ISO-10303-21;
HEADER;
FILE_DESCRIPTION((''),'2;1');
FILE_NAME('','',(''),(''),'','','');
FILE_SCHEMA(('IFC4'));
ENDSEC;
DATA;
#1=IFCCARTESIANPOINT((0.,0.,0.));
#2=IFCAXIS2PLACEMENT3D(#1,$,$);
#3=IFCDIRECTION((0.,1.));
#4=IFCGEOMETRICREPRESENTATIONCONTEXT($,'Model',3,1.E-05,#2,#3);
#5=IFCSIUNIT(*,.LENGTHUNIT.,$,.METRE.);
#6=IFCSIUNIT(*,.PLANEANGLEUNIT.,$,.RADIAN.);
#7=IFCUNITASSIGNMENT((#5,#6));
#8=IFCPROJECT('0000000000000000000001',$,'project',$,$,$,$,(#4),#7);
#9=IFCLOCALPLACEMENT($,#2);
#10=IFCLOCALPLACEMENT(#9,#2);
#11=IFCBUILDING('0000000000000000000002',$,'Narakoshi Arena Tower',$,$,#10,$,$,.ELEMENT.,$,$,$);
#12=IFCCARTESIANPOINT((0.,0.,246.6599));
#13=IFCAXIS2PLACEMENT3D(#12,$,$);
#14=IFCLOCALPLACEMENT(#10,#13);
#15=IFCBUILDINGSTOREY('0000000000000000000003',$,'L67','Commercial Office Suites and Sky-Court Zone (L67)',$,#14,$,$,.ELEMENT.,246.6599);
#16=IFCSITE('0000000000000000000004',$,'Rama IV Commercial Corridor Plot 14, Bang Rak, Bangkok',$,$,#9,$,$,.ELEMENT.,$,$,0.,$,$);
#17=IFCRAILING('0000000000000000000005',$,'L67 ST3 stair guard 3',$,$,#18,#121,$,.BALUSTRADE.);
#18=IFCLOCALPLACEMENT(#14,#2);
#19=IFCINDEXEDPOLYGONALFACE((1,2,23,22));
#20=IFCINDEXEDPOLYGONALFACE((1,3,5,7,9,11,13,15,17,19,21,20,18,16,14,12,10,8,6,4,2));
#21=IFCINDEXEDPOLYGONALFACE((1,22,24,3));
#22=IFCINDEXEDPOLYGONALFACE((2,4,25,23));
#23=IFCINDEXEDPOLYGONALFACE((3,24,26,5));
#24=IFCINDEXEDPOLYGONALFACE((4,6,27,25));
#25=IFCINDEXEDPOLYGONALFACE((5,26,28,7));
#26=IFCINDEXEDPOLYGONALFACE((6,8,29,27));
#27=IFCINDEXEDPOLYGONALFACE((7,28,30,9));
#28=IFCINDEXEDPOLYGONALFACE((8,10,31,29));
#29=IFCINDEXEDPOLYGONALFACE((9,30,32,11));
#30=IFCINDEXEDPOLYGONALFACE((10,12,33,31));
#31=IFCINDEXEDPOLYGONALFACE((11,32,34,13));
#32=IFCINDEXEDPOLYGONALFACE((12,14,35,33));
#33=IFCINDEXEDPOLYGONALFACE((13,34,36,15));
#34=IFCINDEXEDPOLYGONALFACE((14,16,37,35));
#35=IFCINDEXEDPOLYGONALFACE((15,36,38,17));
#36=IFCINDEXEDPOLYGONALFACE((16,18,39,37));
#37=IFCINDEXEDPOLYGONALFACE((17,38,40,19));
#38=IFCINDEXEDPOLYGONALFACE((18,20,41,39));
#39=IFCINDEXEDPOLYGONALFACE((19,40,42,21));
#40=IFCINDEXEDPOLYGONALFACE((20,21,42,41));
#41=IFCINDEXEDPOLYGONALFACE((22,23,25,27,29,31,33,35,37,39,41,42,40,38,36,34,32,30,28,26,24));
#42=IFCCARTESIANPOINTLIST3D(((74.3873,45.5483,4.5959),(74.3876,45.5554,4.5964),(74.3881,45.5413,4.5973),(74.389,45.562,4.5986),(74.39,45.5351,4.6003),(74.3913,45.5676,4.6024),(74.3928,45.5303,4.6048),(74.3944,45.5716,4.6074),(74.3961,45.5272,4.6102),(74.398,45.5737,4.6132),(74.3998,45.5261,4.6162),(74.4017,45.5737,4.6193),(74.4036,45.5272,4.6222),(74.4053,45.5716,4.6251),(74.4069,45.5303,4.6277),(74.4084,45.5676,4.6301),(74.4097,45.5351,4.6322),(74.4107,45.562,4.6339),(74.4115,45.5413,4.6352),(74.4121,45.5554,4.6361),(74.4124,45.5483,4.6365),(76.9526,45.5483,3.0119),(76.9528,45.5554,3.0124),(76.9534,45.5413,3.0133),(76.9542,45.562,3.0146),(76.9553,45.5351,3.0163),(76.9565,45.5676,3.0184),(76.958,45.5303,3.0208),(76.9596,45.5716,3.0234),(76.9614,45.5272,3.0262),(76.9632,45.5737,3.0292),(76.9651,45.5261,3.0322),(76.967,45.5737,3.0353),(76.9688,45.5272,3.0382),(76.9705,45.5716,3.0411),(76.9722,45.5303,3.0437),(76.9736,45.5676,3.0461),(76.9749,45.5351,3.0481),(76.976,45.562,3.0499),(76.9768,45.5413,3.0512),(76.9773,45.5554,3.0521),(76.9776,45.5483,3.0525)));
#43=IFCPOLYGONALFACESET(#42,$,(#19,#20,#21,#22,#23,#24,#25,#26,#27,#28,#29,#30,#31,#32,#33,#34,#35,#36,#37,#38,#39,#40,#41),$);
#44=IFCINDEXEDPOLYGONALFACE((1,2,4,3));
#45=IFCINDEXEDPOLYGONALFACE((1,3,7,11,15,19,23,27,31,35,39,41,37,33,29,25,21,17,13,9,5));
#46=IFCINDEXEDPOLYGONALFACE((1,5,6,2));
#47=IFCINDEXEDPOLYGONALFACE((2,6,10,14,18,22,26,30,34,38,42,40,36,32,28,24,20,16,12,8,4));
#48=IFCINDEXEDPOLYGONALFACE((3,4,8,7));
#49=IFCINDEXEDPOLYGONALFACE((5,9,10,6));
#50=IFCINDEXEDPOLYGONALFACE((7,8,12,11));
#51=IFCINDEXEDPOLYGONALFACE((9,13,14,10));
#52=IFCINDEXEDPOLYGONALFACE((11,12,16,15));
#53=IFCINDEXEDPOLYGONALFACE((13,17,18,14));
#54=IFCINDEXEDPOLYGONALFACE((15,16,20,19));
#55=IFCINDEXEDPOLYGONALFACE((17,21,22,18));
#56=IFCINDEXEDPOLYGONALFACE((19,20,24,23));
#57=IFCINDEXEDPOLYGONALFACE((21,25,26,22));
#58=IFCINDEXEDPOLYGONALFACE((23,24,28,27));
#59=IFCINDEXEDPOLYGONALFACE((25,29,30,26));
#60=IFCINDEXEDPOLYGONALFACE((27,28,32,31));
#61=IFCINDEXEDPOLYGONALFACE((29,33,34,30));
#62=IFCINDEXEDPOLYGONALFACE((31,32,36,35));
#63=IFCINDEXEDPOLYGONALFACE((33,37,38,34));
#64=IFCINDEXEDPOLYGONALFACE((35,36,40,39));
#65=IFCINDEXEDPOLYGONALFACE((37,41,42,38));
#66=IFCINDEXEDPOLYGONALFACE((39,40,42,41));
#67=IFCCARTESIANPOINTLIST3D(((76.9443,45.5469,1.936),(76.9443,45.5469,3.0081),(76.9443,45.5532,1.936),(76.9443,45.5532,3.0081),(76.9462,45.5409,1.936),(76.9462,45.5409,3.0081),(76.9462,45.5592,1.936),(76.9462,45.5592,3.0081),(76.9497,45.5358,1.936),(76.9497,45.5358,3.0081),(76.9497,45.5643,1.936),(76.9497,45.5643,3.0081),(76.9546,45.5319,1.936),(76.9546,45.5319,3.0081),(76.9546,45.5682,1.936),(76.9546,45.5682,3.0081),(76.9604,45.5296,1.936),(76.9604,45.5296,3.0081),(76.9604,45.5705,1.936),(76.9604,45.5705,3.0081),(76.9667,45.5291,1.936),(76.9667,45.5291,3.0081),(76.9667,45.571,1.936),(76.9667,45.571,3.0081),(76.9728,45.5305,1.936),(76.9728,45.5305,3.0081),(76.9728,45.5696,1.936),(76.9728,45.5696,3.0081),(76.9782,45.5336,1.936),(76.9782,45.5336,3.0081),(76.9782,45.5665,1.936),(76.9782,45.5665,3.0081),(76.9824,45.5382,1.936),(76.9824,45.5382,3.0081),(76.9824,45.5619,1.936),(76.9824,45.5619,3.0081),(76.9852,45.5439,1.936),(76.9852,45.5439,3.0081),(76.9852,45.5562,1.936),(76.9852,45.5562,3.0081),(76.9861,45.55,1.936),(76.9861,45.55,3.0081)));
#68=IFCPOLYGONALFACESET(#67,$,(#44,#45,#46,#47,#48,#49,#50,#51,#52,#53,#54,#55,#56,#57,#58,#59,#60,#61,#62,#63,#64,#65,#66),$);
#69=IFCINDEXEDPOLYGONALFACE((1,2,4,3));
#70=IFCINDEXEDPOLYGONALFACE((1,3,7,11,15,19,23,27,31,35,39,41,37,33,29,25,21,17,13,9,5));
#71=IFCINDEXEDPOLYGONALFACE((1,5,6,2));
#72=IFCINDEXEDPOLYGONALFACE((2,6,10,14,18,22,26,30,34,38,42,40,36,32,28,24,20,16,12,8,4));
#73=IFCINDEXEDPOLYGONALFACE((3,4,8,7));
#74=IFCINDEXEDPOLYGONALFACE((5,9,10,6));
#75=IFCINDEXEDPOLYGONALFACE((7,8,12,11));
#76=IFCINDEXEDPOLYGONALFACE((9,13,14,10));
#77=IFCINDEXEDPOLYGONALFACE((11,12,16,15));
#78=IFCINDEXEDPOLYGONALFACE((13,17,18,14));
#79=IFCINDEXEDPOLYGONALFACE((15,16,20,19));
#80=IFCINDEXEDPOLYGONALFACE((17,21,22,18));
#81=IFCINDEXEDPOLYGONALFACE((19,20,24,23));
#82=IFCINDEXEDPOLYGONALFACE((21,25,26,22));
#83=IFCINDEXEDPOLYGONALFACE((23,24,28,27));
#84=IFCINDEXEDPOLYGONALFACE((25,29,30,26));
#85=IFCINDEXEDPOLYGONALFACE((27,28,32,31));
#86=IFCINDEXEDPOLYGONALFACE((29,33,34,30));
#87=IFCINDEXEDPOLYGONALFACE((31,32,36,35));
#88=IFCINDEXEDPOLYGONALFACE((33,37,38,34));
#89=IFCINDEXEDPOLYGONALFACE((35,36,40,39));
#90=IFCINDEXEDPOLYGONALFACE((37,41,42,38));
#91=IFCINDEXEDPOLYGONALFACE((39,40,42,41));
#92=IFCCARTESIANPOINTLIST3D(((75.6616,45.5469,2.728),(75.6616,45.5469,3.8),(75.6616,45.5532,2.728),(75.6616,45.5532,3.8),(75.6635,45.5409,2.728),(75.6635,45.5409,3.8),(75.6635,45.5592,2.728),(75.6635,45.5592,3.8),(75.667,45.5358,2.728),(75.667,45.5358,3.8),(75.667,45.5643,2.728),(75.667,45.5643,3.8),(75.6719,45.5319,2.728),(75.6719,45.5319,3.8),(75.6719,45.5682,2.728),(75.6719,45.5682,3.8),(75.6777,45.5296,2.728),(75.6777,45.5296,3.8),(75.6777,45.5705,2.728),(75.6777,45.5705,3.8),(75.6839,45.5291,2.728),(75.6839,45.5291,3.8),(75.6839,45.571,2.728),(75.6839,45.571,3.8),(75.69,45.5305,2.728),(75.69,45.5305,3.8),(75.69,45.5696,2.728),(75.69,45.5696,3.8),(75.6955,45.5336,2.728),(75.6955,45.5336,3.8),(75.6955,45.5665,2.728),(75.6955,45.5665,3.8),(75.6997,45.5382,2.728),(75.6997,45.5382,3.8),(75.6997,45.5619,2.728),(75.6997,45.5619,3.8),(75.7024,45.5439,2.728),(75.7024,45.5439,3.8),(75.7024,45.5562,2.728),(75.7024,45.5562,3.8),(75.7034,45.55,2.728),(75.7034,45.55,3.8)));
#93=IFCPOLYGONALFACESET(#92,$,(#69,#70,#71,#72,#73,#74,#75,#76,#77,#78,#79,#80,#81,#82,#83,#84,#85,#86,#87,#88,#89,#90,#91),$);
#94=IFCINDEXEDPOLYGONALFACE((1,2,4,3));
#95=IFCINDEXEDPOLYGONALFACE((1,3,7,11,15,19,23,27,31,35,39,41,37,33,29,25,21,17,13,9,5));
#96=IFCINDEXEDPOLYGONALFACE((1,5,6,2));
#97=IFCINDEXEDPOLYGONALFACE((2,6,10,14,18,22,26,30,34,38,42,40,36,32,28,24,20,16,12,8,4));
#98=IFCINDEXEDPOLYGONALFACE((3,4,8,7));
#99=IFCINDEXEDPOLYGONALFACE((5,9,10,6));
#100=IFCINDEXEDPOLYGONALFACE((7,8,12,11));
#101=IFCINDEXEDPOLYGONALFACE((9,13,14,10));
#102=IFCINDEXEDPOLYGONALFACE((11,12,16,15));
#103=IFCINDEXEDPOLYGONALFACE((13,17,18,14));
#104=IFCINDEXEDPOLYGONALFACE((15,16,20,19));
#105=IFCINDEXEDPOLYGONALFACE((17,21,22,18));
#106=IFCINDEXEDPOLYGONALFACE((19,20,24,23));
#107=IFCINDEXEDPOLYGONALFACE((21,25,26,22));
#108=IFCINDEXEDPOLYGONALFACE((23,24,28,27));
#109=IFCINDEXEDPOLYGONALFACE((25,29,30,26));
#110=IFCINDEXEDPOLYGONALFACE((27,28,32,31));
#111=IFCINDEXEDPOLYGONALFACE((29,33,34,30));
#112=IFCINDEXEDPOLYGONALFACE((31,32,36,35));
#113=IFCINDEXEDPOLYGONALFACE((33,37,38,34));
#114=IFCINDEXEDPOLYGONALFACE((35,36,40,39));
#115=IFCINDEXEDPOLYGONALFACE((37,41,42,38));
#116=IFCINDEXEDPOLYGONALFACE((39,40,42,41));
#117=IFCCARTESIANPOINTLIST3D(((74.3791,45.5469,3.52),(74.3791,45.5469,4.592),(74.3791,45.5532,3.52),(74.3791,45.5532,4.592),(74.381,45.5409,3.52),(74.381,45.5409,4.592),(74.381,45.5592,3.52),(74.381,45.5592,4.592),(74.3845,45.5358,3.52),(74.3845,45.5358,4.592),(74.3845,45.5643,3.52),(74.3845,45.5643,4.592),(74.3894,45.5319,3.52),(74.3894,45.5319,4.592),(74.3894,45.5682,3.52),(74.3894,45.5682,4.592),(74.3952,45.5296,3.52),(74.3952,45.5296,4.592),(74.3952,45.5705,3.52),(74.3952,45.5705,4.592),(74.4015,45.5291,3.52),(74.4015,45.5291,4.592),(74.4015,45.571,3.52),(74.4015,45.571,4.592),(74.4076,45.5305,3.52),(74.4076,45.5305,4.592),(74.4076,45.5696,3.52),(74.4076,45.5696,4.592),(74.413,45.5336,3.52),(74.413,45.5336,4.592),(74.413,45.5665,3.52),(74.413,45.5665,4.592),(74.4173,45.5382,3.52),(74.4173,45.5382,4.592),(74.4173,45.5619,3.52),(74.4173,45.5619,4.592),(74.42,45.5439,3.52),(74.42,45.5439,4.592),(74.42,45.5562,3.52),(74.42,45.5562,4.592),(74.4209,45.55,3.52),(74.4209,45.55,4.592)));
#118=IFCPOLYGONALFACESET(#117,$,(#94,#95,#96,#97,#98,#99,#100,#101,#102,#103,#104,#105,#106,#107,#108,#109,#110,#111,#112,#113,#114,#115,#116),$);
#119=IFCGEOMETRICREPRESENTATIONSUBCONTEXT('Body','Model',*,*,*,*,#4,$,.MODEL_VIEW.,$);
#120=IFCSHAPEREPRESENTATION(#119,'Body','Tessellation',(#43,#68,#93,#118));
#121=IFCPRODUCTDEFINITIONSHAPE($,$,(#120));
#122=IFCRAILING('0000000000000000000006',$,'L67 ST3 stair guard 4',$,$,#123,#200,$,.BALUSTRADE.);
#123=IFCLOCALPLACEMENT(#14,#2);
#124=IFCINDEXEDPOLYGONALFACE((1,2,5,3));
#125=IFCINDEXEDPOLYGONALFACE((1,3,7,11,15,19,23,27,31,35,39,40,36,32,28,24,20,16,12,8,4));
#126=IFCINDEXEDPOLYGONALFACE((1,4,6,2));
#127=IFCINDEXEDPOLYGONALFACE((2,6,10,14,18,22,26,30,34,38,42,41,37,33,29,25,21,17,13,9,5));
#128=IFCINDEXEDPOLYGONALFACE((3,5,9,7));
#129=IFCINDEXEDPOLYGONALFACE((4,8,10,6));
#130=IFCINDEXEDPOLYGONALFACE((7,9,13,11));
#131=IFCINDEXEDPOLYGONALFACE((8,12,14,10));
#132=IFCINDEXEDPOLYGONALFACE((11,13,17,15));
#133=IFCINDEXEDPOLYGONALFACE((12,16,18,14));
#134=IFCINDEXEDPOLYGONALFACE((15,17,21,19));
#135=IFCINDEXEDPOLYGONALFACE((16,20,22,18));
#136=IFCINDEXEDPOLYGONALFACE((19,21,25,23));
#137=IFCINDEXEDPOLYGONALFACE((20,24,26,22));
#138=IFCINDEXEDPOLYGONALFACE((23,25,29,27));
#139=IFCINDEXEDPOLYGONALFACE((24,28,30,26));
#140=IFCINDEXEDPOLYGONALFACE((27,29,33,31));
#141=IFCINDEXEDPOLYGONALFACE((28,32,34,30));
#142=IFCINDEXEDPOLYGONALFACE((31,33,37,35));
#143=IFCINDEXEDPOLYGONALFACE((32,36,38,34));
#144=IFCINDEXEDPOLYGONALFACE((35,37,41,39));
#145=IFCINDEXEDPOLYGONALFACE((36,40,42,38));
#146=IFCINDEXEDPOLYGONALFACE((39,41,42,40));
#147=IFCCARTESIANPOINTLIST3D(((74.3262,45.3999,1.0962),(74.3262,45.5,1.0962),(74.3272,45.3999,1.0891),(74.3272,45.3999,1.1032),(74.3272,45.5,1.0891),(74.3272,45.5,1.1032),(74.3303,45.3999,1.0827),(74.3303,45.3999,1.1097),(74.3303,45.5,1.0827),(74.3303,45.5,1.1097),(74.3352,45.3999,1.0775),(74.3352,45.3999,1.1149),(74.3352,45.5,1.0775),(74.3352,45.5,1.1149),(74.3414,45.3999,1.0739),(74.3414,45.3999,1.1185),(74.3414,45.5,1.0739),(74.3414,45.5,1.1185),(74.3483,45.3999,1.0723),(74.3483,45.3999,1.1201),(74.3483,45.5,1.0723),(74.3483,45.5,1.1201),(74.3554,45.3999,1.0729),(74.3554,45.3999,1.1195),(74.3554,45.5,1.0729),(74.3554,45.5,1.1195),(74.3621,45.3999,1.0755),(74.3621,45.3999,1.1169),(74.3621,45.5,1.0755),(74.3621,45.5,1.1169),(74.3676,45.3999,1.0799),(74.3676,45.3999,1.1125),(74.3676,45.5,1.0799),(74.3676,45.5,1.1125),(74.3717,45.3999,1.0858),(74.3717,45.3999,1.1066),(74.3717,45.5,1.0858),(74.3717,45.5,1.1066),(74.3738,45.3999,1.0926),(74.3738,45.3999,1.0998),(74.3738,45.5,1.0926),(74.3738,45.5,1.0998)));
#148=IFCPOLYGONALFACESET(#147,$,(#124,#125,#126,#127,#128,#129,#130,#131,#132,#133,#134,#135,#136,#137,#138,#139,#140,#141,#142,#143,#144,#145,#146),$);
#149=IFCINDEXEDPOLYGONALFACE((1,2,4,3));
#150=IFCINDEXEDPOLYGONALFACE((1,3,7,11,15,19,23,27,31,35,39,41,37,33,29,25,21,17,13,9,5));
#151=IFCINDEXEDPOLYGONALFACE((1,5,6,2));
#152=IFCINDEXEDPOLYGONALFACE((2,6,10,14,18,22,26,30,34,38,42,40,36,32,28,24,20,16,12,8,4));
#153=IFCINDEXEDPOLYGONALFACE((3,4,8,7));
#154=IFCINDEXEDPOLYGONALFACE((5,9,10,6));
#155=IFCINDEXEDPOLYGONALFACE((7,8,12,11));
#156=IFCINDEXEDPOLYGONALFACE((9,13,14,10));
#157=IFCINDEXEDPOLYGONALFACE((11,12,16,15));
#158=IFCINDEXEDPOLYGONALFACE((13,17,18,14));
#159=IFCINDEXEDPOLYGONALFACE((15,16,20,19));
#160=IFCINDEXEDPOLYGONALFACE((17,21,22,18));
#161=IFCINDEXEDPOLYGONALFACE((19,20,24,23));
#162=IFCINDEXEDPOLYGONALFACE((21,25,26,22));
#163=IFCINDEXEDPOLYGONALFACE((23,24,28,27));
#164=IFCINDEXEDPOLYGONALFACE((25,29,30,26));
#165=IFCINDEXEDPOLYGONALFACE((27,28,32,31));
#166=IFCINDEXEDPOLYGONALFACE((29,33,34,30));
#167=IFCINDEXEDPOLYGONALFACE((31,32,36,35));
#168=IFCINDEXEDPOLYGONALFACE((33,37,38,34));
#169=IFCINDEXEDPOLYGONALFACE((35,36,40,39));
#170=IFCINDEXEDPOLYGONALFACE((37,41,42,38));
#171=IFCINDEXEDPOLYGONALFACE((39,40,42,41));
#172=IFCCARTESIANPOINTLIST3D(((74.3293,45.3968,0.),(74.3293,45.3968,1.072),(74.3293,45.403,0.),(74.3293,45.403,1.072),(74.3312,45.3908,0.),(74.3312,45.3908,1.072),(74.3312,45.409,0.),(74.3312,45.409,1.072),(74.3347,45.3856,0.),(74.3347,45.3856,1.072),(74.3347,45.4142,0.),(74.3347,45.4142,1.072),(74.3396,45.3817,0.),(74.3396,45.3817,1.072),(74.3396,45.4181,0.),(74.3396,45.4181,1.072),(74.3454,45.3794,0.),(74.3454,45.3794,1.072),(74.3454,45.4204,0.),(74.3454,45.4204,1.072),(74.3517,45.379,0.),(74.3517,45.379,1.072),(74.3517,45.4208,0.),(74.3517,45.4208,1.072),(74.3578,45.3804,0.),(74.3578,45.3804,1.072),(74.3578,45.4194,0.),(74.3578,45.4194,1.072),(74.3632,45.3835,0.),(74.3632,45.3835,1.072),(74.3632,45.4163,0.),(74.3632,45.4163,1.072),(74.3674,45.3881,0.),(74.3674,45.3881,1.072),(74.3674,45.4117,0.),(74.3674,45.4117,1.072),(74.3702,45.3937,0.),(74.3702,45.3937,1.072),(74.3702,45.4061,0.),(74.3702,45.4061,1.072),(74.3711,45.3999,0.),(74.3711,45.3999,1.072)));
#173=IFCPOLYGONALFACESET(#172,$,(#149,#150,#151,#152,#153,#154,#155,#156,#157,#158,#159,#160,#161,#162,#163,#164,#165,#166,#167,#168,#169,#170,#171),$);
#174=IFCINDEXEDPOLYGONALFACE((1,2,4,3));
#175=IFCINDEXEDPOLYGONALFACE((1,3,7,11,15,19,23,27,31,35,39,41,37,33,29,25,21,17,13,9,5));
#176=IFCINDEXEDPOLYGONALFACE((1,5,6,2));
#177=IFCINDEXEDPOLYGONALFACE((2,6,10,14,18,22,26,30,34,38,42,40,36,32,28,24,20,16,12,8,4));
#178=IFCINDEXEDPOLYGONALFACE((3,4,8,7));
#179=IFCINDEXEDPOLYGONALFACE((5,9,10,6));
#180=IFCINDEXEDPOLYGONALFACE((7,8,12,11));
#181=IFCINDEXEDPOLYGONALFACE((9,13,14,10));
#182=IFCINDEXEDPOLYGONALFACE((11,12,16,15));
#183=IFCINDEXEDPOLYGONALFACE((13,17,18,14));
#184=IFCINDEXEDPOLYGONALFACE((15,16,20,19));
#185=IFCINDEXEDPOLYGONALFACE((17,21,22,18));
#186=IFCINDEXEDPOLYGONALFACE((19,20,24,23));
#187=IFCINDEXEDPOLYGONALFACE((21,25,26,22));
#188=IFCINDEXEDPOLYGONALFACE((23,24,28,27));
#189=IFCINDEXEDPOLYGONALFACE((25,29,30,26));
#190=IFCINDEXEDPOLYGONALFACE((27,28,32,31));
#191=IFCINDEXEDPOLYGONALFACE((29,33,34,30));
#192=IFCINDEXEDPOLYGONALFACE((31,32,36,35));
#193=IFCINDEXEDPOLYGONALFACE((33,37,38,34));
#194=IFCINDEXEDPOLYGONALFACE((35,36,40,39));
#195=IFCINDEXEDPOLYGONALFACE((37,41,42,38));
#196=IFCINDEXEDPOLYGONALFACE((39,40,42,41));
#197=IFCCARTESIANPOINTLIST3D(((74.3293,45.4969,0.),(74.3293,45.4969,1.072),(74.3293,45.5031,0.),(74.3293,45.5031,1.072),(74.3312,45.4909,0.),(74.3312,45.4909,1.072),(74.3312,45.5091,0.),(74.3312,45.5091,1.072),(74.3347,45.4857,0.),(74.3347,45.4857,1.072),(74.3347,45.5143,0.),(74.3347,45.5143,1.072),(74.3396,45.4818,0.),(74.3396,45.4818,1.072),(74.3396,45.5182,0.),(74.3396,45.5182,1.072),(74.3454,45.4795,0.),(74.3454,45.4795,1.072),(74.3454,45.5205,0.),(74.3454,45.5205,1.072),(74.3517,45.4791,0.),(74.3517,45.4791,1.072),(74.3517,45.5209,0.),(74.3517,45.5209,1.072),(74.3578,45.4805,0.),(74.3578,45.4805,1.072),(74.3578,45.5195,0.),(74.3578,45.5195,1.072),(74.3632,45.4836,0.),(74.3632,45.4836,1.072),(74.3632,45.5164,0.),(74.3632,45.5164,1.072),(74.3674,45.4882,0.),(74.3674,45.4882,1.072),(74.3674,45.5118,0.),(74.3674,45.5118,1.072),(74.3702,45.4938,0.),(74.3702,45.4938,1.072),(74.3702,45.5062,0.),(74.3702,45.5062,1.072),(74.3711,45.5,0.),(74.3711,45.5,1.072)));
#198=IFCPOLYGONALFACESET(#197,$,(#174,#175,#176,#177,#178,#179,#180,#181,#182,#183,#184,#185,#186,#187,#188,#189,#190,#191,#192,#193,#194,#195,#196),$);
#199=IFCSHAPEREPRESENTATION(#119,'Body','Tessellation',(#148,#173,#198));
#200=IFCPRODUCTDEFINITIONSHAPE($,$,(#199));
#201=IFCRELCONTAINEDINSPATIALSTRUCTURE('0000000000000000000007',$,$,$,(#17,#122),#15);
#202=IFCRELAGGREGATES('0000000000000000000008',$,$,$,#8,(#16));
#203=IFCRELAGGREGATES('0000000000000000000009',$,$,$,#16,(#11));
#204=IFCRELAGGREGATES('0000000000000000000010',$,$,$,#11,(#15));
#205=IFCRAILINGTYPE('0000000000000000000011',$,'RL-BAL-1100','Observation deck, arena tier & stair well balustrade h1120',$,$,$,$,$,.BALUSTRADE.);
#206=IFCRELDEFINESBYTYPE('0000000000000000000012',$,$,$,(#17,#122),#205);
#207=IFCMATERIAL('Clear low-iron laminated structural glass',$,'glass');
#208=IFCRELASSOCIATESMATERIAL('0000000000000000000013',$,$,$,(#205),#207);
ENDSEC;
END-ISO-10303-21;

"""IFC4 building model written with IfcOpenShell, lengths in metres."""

from ifc_helpers import new_model, si_unit, direction, frame, origin, origin_2d, place, context, subcontext, project, spatial, circle, extrude, material, type_object, element, save


model = new_model("IFC4")

# Units and contexts
model_context = context("Model", 3, precision=1e-05, world=origin(), true_north=direction((0.0, 1.0)))
body_context = subcontext(model_context, "Body", "Model", "MODEL_VIEW")
ifc_project = project(units=[si_unit("LENGTHUNIT", "METRE"), si_unit("PLANEANGLEUNIT", "RADIAN")], contexts=[model_context])

# Site, building, storey
site_placement = place(None, origin())
site = spatial("IfcSite", under=ifc_project, at=site_placement, Name="Rama IV Commercial Corridor Plot 14, Bang Rak, Bangkok", CompositionType="ELEMENT", RefElevation=0.0)
building_placement = place(site_placement, origin())
building = spatial("IfcBuilding", under=site, at=building_placement, Name="Narakoshi Arena Tower", CompositionType="ELEMENT")
storey_placement = place(building_placement, frame((0.0, 0.0, 246.6599)))
storey = spatial("IfcBuildingStorey", under=building, at=storey_placement, Name="L67", Description="Commercial Office Suites and Sky-Court Zone (L67)", CompositionType="ELEMENT", Elevation=246.6599)

# Railings
ifc_material_1 = material(Name="Clear low-iron laminated structural glass", Category="glass")
railing_type_1 = type_object("IfcRailingType", Name="RL-BAL-1100", Description="Observation deck, arena tier & stair well balustrade h1120", PredefinedType="BALUSTRADE", material=ifc_material_1)
railing_1_placement = place(storey_placement, frame((76.9651, 45.55, 1.936)))
element("IfcRailing", 1, at=railing_1_placement, inside=storey, type_object=railing_type_1, Name="L67 ST3 stair guard 3", PredefinedType="BALUSTRADE", context=body_context, shape_type="SweptSolid", body=[
    extrude(circle(Radius=0.0239, at=origin_2d()), frame((0.0, 0.0, 1.0962), z_axis=(-0.850857, 0.0, 0.525398), x_axis=(0.0, -1.0, 0.0)), (0.0, 0.0, 1.0), 3.0149),
    extrude(circle(Radius=0.021, at=origin_2d()), origin(), (0.0, 0.0, 1.0), 1.072),
    extrude(circle(Radius=0.021, at=origin_2d()), frame((-1.2827, 0.0, 0.792)), (0.0, 0.0, 1.0), 1.072),
    extrude(circle(Radius=0.021, at=origin_2d()), frame((-2.5652, 0.0, 1.584)), (0.0, 0.0, 1.0), 1.072),
])
railing_2_placement = place(storey_placement, frame((74.3501, 45.3999, 0.0)))
element("IfcRailing", 2, at=railing_2_placement, inside=storey, type_object=railing_type_1, Name="L67 ST3 stair guard 4", PredefinedType="BALUSTRADE", context=body_context, shape_type="SweptSolid", body=[
    extrude(circle(Radius=0.0239, at=origin_2d()), frame((0.0, 0.0, 1.0962), z_axis=(0.0, 1.0, 0.0), x_axis=(-1.0, 0.0, 0.0)), (0.0, 0.0, 1.0), 0.1001),
    extrude(circle(Radius=0.021, at=origin_2d()), origin(), (0.0, 0.0, 1.0), 1.072),
    extrude(circle(Radius=0.021, at=origin_2d()), frame((0.0, 0.1001, 0.0)), (0.0, 0.0, 1.0), 1.072),
])

save(model, "model.ifc")
